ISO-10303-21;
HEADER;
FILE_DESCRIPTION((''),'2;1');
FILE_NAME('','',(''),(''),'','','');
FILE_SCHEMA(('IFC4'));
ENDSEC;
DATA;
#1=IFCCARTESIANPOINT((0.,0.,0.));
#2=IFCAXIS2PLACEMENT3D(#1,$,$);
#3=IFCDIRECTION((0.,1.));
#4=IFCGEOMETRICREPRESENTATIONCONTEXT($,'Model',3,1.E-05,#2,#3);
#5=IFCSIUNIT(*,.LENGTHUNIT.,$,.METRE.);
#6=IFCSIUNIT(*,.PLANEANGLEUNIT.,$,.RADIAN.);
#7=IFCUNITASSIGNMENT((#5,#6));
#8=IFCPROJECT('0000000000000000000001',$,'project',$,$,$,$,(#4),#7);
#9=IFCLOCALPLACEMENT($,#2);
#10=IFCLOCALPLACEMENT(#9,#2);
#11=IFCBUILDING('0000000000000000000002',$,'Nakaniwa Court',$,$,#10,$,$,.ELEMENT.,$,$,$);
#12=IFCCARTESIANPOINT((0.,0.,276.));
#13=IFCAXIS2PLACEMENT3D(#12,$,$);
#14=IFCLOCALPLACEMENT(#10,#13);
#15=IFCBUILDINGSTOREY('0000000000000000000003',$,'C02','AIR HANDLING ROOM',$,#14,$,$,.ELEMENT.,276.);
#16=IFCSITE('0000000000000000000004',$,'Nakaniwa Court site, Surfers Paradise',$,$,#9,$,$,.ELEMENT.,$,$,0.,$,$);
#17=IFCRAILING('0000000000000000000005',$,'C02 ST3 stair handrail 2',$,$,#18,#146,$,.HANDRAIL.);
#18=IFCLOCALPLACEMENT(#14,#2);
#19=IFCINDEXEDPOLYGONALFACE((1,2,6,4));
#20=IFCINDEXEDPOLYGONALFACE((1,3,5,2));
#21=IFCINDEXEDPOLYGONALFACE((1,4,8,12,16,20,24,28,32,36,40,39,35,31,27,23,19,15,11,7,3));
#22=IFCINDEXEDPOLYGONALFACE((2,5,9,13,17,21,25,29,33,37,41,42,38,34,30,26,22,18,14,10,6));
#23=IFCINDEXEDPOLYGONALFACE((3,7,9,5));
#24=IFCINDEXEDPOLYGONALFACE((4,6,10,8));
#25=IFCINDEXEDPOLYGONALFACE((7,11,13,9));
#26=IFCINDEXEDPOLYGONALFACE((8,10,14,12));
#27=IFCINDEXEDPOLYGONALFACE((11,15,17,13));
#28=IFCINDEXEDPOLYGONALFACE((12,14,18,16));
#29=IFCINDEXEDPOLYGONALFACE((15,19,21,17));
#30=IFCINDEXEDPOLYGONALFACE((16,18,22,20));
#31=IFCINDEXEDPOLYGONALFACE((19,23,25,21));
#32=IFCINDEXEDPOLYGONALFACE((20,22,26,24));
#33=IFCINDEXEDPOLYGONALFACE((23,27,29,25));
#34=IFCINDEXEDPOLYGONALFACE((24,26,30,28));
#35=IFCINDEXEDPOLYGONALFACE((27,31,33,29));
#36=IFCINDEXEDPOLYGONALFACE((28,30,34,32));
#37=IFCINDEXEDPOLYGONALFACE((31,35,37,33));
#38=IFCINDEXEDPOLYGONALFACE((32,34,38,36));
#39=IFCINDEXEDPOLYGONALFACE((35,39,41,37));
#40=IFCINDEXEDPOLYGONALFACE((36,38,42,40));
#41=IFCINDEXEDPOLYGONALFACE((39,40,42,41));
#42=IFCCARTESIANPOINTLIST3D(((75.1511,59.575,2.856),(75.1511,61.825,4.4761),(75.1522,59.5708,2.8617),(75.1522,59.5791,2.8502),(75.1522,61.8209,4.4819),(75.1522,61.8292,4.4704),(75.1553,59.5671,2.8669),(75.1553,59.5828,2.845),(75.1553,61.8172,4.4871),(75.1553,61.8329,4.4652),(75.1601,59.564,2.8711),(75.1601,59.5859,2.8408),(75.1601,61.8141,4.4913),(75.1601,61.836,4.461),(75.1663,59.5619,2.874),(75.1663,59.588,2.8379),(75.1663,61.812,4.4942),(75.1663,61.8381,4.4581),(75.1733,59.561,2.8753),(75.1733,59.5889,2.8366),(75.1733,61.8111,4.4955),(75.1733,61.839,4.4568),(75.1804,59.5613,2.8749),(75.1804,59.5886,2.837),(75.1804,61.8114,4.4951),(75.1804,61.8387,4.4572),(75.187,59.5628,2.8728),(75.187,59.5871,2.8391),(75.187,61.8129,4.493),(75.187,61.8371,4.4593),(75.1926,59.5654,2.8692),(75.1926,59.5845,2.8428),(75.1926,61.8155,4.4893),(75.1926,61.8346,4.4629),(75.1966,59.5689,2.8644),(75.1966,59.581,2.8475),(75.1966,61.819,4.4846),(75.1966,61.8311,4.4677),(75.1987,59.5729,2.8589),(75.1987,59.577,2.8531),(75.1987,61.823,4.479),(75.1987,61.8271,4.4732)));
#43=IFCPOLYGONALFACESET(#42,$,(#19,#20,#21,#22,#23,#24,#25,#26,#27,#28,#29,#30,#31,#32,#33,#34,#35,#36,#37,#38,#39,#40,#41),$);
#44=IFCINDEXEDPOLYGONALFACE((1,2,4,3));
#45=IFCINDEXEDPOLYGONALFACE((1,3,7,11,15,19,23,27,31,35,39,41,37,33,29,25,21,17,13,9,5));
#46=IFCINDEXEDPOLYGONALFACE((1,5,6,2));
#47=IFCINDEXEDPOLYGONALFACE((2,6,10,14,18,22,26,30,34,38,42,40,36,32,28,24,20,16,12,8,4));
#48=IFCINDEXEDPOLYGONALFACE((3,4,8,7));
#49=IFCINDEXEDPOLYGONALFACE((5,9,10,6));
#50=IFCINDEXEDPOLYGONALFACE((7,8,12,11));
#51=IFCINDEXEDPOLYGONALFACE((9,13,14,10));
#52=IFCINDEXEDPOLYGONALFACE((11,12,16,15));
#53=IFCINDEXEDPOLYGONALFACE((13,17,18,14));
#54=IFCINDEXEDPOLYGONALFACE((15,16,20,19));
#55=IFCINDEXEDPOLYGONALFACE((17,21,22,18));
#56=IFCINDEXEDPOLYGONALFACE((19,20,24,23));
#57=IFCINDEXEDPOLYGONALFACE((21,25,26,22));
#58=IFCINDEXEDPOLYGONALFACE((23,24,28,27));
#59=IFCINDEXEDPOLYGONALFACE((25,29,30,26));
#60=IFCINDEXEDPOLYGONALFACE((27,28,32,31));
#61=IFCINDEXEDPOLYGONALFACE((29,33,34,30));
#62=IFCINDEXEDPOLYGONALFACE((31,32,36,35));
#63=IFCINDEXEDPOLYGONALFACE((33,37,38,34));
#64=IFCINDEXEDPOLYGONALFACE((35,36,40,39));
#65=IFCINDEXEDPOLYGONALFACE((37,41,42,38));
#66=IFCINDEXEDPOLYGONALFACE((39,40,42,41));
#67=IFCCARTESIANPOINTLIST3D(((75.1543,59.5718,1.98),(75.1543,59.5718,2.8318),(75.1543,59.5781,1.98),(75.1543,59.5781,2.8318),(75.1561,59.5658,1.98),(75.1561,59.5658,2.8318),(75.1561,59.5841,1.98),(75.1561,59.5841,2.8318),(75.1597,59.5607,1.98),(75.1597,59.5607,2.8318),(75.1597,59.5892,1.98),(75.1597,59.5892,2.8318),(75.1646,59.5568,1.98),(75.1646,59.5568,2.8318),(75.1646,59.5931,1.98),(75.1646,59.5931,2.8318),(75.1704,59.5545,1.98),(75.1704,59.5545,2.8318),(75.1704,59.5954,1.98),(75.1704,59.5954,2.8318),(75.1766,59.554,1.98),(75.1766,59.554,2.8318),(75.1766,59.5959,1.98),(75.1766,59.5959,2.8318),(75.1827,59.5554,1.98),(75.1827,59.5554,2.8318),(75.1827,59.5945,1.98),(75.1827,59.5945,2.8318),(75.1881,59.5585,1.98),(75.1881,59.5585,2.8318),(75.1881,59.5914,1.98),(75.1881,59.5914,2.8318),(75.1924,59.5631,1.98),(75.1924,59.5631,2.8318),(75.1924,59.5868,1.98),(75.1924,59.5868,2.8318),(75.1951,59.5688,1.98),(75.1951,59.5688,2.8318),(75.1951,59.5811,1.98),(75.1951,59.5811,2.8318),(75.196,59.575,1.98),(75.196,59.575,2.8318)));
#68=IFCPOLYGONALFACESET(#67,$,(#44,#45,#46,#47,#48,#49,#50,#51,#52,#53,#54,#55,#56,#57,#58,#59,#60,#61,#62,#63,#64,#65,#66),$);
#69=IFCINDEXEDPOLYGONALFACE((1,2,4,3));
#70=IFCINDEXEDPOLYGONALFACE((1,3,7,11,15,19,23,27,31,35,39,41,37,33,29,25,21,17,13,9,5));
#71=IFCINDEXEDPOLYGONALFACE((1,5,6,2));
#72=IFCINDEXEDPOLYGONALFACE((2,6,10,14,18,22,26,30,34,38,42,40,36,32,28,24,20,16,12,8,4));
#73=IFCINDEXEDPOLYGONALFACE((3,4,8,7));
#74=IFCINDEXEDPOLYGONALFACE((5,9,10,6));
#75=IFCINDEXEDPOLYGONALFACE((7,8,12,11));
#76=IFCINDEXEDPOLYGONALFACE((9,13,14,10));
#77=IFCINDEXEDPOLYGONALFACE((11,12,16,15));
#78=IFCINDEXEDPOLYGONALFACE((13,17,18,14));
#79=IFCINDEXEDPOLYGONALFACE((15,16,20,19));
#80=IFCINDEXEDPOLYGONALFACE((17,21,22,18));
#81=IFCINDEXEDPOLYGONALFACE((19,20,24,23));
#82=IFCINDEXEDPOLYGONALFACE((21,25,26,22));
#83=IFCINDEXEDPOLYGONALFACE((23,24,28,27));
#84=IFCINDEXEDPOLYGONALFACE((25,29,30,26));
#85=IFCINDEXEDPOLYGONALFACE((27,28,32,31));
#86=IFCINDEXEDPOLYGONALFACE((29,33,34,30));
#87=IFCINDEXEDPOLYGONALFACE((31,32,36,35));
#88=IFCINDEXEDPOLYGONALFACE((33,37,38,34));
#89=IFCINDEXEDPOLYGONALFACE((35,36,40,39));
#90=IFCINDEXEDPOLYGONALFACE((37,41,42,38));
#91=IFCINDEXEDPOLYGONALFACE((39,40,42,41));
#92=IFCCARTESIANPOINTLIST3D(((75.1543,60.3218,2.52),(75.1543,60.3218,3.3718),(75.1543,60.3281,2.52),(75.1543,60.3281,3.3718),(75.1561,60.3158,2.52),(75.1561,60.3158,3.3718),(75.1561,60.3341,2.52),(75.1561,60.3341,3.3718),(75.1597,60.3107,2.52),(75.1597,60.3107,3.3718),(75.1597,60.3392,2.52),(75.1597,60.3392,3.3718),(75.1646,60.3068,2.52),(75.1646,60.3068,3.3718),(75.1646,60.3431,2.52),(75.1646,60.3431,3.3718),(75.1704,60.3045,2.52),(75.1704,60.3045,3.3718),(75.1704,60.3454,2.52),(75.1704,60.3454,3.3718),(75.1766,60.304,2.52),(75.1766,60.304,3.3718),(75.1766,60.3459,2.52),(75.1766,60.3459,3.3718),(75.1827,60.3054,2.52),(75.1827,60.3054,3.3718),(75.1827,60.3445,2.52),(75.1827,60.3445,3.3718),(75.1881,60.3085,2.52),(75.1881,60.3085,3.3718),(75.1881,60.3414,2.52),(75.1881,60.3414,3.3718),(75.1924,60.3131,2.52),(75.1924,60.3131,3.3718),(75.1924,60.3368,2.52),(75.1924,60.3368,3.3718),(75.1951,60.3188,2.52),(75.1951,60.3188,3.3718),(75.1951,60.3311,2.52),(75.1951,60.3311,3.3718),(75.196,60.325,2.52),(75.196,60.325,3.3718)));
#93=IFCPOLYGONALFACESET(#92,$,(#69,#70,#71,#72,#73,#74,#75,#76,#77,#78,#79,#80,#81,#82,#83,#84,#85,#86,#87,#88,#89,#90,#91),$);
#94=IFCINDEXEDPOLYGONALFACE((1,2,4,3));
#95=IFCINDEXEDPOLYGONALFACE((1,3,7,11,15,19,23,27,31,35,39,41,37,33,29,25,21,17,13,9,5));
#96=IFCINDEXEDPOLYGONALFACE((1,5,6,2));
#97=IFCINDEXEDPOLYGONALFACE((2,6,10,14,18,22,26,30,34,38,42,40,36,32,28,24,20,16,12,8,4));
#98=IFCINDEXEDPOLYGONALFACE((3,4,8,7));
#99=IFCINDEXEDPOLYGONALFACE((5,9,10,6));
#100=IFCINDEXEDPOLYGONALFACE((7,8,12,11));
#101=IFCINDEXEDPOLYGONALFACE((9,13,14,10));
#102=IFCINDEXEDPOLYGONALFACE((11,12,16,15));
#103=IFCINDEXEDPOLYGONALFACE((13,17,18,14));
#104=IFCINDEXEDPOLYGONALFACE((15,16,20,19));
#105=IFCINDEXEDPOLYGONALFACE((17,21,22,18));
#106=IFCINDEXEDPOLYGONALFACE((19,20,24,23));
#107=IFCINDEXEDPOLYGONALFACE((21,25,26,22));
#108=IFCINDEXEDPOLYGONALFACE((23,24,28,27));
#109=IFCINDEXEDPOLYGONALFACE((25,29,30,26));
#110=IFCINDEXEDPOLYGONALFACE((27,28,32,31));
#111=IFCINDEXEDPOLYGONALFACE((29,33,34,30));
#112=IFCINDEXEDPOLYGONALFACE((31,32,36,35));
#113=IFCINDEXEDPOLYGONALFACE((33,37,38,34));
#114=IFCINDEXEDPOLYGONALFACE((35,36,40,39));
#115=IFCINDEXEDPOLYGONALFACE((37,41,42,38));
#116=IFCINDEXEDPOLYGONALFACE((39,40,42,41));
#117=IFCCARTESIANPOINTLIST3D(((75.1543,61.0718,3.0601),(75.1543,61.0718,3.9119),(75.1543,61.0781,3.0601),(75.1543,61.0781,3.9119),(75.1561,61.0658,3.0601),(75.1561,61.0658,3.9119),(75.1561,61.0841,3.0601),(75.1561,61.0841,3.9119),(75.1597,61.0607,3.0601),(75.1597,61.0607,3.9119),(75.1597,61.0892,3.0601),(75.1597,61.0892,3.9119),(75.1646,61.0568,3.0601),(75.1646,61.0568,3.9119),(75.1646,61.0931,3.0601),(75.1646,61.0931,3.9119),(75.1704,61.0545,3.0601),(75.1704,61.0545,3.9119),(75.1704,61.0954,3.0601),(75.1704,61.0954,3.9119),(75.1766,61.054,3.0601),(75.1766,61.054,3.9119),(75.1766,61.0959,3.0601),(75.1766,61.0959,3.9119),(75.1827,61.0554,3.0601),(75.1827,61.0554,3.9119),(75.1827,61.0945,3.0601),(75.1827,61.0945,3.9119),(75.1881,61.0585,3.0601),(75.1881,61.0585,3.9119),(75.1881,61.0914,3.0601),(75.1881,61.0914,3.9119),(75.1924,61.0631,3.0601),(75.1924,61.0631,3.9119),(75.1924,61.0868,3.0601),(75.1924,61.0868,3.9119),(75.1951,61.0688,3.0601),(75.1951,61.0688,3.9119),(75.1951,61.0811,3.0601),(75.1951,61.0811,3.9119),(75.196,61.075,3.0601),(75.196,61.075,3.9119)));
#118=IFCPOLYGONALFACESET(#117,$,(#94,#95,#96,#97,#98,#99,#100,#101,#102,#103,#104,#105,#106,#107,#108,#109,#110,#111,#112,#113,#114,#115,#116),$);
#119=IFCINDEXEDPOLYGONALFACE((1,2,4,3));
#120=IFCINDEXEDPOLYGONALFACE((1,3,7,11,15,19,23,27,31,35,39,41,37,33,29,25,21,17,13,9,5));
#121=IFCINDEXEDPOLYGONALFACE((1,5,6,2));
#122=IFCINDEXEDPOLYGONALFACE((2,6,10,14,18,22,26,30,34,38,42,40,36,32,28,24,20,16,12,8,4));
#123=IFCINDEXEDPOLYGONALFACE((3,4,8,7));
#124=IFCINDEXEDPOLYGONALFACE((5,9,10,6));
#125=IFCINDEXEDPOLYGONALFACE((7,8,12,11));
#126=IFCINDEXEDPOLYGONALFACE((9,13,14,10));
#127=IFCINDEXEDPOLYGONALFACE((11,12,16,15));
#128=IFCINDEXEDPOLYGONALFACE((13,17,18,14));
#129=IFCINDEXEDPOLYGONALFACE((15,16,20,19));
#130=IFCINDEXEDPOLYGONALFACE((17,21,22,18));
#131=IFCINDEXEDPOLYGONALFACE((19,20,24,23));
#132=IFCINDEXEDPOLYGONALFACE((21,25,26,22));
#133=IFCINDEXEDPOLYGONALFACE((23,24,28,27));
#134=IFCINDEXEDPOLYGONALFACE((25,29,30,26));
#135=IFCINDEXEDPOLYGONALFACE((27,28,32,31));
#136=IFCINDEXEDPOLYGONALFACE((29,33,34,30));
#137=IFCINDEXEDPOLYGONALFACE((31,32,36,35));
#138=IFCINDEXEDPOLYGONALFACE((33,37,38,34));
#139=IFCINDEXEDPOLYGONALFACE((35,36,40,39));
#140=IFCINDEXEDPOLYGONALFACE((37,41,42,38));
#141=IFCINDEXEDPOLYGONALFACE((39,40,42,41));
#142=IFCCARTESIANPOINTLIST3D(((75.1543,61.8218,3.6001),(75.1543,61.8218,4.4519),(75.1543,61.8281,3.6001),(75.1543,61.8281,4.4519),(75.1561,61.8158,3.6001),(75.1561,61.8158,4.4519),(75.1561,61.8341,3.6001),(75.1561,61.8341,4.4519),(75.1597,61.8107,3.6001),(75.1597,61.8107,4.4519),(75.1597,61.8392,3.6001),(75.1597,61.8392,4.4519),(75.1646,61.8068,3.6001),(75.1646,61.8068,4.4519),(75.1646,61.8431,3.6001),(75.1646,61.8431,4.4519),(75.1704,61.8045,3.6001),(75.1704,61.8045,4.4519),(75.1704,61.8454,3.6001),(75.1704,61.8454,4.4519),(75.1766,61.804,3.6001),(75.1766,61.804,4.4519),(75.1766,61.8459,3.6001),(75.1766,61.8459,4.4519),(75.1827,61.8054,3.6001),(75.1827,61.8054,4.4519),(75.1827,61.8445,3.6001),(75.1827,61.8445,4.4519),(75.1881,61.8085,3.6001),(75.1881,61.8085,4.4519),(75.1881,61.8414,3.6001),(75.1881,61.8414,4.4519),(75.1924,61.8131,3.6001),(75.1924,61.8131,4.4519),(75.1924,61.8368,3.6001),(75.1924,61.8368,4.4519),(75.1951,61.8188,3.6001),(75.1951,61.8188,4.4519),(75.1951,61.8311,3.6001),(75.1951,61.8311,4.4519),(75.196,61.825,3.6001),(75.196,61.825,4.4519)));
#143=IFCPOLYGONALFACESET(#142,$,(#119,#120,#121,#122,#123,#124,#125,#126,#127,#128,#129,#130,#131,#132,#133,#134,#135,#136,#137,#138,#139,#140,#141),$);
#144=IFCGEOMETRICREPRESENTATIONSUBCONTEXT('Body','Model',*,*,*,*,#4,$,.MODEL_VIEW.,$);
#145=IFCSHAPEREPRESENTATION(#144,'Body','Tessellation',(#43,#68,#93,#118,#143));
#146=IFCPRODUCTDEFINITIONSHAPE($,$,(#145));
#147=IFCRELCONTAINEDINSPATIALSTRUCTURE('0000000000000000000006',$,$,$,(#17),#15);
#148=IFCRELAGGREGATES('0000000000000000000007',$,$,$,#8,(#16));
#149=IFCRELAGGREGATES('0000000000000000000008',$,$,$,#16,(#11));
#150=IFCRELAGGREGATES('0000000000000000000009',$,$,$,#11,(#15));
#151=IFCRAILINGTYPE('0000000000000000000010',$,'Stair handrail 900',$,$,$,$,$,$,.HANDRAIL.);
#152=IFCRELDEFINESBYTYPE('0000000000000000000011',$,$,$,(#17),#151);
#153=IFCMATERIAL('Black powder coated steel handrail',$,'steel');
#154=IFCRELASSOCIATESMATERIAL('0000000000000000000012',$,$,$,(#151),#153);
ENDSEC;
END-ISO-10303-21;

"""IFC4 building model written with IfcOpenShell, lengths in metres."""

from ifc_helpers import new_model, si_unit, direction, frame, origin, origin_2d, place, context, subcontext, project, spatial, circle, extrude, material, type_object, element, save


model = new_model("IFC4")

# Units and contexts
model_context = context("Model", 3, precision=1e-05, world=origin(), true_north=direction((0.0, 1.0)))
body_context = subcontext(model_context, "Body", "Model", "MODEL_VIEW")
ifc_project = project(units=[si_unit("LENGTHUNIT", "METRE"), si_unit("PLANEANGLEUNIT", "RADIAN")], contexts=[model_context])

# Site, building, storey
site_placement = place(None, origin())
site = spatial("IfcSite", under=ifc_project, at=site_placement, Name="Nakaniwa Court site, Surfers Paradise", CompositionType="ELEMENT", RefElevation=0.0)
building_placement = place(site_placement, origin())
building = spatial("IfcBuilding", under=site, at=building_placement, Name="Nakaniwa Court", CompositionType="ELEMENT")
storey_placement = place(building_placement, frame((0.0, 0.0, 276.0)))
storey = spatial("IfcBuildingStorey", under=building, at=storey_placement, Name="C02", Description="AIR HANDLING ROOM", CompositionType="ELEMENT", Elevation=276.0)

# Railing
ifc_material_1 = material(Name="Black powder coated steel handrail", Category="steel")
railing_type_1 = type_object("IfcRailingType", Name="Stair handrail 900", PredefinedType="HANDRAIL", material=ifc_material_1)
railing_1_placement = place(storey_placement, frame((75.175, 59.575, 1.98)))
element("IfcRailing", 1, at=railing_1_placement, inside=storey, type_object=railing_type_1, Name="C02 ST3 stair handrail 2", PredefinedType="HANDRAIL", context=body_context, shape_type="SweptSolid", body=[
    extrude(circle(Radius=0.0239, at=origin_2d()), frame((0.0, 0.0, 0.876), z_axis=(0.0, 0.811514, 0.584333), x_axis=(-1.0, 0.0, 0.0)), (0.0, 0.0, 1.0), 2.7727),
    extrude(circle(Radius=0.021, at=origin_2d()), origin(), (0.0, 0.0, 1.0), 0.8518),
    extrude(circle(Radius=0.021, at=origin_2d()), frame((0.0, 0.75, 0.54)), (0.0, 0.0, 1.0), 0.8518),
    extrude(circle(Radius=0.021, at=origin_2d()), frame((0.0, 1.5, 1.0801)), (0.0, 0.0, 1.0), 0.8518),
    extrude(circle(Radius=0.021, at=origin_2d()), frame((0.0, 2.25, 1.6201)), (0.0, 0.0, 1.0), 0.8518),
])

save(model, "model.ifc")
